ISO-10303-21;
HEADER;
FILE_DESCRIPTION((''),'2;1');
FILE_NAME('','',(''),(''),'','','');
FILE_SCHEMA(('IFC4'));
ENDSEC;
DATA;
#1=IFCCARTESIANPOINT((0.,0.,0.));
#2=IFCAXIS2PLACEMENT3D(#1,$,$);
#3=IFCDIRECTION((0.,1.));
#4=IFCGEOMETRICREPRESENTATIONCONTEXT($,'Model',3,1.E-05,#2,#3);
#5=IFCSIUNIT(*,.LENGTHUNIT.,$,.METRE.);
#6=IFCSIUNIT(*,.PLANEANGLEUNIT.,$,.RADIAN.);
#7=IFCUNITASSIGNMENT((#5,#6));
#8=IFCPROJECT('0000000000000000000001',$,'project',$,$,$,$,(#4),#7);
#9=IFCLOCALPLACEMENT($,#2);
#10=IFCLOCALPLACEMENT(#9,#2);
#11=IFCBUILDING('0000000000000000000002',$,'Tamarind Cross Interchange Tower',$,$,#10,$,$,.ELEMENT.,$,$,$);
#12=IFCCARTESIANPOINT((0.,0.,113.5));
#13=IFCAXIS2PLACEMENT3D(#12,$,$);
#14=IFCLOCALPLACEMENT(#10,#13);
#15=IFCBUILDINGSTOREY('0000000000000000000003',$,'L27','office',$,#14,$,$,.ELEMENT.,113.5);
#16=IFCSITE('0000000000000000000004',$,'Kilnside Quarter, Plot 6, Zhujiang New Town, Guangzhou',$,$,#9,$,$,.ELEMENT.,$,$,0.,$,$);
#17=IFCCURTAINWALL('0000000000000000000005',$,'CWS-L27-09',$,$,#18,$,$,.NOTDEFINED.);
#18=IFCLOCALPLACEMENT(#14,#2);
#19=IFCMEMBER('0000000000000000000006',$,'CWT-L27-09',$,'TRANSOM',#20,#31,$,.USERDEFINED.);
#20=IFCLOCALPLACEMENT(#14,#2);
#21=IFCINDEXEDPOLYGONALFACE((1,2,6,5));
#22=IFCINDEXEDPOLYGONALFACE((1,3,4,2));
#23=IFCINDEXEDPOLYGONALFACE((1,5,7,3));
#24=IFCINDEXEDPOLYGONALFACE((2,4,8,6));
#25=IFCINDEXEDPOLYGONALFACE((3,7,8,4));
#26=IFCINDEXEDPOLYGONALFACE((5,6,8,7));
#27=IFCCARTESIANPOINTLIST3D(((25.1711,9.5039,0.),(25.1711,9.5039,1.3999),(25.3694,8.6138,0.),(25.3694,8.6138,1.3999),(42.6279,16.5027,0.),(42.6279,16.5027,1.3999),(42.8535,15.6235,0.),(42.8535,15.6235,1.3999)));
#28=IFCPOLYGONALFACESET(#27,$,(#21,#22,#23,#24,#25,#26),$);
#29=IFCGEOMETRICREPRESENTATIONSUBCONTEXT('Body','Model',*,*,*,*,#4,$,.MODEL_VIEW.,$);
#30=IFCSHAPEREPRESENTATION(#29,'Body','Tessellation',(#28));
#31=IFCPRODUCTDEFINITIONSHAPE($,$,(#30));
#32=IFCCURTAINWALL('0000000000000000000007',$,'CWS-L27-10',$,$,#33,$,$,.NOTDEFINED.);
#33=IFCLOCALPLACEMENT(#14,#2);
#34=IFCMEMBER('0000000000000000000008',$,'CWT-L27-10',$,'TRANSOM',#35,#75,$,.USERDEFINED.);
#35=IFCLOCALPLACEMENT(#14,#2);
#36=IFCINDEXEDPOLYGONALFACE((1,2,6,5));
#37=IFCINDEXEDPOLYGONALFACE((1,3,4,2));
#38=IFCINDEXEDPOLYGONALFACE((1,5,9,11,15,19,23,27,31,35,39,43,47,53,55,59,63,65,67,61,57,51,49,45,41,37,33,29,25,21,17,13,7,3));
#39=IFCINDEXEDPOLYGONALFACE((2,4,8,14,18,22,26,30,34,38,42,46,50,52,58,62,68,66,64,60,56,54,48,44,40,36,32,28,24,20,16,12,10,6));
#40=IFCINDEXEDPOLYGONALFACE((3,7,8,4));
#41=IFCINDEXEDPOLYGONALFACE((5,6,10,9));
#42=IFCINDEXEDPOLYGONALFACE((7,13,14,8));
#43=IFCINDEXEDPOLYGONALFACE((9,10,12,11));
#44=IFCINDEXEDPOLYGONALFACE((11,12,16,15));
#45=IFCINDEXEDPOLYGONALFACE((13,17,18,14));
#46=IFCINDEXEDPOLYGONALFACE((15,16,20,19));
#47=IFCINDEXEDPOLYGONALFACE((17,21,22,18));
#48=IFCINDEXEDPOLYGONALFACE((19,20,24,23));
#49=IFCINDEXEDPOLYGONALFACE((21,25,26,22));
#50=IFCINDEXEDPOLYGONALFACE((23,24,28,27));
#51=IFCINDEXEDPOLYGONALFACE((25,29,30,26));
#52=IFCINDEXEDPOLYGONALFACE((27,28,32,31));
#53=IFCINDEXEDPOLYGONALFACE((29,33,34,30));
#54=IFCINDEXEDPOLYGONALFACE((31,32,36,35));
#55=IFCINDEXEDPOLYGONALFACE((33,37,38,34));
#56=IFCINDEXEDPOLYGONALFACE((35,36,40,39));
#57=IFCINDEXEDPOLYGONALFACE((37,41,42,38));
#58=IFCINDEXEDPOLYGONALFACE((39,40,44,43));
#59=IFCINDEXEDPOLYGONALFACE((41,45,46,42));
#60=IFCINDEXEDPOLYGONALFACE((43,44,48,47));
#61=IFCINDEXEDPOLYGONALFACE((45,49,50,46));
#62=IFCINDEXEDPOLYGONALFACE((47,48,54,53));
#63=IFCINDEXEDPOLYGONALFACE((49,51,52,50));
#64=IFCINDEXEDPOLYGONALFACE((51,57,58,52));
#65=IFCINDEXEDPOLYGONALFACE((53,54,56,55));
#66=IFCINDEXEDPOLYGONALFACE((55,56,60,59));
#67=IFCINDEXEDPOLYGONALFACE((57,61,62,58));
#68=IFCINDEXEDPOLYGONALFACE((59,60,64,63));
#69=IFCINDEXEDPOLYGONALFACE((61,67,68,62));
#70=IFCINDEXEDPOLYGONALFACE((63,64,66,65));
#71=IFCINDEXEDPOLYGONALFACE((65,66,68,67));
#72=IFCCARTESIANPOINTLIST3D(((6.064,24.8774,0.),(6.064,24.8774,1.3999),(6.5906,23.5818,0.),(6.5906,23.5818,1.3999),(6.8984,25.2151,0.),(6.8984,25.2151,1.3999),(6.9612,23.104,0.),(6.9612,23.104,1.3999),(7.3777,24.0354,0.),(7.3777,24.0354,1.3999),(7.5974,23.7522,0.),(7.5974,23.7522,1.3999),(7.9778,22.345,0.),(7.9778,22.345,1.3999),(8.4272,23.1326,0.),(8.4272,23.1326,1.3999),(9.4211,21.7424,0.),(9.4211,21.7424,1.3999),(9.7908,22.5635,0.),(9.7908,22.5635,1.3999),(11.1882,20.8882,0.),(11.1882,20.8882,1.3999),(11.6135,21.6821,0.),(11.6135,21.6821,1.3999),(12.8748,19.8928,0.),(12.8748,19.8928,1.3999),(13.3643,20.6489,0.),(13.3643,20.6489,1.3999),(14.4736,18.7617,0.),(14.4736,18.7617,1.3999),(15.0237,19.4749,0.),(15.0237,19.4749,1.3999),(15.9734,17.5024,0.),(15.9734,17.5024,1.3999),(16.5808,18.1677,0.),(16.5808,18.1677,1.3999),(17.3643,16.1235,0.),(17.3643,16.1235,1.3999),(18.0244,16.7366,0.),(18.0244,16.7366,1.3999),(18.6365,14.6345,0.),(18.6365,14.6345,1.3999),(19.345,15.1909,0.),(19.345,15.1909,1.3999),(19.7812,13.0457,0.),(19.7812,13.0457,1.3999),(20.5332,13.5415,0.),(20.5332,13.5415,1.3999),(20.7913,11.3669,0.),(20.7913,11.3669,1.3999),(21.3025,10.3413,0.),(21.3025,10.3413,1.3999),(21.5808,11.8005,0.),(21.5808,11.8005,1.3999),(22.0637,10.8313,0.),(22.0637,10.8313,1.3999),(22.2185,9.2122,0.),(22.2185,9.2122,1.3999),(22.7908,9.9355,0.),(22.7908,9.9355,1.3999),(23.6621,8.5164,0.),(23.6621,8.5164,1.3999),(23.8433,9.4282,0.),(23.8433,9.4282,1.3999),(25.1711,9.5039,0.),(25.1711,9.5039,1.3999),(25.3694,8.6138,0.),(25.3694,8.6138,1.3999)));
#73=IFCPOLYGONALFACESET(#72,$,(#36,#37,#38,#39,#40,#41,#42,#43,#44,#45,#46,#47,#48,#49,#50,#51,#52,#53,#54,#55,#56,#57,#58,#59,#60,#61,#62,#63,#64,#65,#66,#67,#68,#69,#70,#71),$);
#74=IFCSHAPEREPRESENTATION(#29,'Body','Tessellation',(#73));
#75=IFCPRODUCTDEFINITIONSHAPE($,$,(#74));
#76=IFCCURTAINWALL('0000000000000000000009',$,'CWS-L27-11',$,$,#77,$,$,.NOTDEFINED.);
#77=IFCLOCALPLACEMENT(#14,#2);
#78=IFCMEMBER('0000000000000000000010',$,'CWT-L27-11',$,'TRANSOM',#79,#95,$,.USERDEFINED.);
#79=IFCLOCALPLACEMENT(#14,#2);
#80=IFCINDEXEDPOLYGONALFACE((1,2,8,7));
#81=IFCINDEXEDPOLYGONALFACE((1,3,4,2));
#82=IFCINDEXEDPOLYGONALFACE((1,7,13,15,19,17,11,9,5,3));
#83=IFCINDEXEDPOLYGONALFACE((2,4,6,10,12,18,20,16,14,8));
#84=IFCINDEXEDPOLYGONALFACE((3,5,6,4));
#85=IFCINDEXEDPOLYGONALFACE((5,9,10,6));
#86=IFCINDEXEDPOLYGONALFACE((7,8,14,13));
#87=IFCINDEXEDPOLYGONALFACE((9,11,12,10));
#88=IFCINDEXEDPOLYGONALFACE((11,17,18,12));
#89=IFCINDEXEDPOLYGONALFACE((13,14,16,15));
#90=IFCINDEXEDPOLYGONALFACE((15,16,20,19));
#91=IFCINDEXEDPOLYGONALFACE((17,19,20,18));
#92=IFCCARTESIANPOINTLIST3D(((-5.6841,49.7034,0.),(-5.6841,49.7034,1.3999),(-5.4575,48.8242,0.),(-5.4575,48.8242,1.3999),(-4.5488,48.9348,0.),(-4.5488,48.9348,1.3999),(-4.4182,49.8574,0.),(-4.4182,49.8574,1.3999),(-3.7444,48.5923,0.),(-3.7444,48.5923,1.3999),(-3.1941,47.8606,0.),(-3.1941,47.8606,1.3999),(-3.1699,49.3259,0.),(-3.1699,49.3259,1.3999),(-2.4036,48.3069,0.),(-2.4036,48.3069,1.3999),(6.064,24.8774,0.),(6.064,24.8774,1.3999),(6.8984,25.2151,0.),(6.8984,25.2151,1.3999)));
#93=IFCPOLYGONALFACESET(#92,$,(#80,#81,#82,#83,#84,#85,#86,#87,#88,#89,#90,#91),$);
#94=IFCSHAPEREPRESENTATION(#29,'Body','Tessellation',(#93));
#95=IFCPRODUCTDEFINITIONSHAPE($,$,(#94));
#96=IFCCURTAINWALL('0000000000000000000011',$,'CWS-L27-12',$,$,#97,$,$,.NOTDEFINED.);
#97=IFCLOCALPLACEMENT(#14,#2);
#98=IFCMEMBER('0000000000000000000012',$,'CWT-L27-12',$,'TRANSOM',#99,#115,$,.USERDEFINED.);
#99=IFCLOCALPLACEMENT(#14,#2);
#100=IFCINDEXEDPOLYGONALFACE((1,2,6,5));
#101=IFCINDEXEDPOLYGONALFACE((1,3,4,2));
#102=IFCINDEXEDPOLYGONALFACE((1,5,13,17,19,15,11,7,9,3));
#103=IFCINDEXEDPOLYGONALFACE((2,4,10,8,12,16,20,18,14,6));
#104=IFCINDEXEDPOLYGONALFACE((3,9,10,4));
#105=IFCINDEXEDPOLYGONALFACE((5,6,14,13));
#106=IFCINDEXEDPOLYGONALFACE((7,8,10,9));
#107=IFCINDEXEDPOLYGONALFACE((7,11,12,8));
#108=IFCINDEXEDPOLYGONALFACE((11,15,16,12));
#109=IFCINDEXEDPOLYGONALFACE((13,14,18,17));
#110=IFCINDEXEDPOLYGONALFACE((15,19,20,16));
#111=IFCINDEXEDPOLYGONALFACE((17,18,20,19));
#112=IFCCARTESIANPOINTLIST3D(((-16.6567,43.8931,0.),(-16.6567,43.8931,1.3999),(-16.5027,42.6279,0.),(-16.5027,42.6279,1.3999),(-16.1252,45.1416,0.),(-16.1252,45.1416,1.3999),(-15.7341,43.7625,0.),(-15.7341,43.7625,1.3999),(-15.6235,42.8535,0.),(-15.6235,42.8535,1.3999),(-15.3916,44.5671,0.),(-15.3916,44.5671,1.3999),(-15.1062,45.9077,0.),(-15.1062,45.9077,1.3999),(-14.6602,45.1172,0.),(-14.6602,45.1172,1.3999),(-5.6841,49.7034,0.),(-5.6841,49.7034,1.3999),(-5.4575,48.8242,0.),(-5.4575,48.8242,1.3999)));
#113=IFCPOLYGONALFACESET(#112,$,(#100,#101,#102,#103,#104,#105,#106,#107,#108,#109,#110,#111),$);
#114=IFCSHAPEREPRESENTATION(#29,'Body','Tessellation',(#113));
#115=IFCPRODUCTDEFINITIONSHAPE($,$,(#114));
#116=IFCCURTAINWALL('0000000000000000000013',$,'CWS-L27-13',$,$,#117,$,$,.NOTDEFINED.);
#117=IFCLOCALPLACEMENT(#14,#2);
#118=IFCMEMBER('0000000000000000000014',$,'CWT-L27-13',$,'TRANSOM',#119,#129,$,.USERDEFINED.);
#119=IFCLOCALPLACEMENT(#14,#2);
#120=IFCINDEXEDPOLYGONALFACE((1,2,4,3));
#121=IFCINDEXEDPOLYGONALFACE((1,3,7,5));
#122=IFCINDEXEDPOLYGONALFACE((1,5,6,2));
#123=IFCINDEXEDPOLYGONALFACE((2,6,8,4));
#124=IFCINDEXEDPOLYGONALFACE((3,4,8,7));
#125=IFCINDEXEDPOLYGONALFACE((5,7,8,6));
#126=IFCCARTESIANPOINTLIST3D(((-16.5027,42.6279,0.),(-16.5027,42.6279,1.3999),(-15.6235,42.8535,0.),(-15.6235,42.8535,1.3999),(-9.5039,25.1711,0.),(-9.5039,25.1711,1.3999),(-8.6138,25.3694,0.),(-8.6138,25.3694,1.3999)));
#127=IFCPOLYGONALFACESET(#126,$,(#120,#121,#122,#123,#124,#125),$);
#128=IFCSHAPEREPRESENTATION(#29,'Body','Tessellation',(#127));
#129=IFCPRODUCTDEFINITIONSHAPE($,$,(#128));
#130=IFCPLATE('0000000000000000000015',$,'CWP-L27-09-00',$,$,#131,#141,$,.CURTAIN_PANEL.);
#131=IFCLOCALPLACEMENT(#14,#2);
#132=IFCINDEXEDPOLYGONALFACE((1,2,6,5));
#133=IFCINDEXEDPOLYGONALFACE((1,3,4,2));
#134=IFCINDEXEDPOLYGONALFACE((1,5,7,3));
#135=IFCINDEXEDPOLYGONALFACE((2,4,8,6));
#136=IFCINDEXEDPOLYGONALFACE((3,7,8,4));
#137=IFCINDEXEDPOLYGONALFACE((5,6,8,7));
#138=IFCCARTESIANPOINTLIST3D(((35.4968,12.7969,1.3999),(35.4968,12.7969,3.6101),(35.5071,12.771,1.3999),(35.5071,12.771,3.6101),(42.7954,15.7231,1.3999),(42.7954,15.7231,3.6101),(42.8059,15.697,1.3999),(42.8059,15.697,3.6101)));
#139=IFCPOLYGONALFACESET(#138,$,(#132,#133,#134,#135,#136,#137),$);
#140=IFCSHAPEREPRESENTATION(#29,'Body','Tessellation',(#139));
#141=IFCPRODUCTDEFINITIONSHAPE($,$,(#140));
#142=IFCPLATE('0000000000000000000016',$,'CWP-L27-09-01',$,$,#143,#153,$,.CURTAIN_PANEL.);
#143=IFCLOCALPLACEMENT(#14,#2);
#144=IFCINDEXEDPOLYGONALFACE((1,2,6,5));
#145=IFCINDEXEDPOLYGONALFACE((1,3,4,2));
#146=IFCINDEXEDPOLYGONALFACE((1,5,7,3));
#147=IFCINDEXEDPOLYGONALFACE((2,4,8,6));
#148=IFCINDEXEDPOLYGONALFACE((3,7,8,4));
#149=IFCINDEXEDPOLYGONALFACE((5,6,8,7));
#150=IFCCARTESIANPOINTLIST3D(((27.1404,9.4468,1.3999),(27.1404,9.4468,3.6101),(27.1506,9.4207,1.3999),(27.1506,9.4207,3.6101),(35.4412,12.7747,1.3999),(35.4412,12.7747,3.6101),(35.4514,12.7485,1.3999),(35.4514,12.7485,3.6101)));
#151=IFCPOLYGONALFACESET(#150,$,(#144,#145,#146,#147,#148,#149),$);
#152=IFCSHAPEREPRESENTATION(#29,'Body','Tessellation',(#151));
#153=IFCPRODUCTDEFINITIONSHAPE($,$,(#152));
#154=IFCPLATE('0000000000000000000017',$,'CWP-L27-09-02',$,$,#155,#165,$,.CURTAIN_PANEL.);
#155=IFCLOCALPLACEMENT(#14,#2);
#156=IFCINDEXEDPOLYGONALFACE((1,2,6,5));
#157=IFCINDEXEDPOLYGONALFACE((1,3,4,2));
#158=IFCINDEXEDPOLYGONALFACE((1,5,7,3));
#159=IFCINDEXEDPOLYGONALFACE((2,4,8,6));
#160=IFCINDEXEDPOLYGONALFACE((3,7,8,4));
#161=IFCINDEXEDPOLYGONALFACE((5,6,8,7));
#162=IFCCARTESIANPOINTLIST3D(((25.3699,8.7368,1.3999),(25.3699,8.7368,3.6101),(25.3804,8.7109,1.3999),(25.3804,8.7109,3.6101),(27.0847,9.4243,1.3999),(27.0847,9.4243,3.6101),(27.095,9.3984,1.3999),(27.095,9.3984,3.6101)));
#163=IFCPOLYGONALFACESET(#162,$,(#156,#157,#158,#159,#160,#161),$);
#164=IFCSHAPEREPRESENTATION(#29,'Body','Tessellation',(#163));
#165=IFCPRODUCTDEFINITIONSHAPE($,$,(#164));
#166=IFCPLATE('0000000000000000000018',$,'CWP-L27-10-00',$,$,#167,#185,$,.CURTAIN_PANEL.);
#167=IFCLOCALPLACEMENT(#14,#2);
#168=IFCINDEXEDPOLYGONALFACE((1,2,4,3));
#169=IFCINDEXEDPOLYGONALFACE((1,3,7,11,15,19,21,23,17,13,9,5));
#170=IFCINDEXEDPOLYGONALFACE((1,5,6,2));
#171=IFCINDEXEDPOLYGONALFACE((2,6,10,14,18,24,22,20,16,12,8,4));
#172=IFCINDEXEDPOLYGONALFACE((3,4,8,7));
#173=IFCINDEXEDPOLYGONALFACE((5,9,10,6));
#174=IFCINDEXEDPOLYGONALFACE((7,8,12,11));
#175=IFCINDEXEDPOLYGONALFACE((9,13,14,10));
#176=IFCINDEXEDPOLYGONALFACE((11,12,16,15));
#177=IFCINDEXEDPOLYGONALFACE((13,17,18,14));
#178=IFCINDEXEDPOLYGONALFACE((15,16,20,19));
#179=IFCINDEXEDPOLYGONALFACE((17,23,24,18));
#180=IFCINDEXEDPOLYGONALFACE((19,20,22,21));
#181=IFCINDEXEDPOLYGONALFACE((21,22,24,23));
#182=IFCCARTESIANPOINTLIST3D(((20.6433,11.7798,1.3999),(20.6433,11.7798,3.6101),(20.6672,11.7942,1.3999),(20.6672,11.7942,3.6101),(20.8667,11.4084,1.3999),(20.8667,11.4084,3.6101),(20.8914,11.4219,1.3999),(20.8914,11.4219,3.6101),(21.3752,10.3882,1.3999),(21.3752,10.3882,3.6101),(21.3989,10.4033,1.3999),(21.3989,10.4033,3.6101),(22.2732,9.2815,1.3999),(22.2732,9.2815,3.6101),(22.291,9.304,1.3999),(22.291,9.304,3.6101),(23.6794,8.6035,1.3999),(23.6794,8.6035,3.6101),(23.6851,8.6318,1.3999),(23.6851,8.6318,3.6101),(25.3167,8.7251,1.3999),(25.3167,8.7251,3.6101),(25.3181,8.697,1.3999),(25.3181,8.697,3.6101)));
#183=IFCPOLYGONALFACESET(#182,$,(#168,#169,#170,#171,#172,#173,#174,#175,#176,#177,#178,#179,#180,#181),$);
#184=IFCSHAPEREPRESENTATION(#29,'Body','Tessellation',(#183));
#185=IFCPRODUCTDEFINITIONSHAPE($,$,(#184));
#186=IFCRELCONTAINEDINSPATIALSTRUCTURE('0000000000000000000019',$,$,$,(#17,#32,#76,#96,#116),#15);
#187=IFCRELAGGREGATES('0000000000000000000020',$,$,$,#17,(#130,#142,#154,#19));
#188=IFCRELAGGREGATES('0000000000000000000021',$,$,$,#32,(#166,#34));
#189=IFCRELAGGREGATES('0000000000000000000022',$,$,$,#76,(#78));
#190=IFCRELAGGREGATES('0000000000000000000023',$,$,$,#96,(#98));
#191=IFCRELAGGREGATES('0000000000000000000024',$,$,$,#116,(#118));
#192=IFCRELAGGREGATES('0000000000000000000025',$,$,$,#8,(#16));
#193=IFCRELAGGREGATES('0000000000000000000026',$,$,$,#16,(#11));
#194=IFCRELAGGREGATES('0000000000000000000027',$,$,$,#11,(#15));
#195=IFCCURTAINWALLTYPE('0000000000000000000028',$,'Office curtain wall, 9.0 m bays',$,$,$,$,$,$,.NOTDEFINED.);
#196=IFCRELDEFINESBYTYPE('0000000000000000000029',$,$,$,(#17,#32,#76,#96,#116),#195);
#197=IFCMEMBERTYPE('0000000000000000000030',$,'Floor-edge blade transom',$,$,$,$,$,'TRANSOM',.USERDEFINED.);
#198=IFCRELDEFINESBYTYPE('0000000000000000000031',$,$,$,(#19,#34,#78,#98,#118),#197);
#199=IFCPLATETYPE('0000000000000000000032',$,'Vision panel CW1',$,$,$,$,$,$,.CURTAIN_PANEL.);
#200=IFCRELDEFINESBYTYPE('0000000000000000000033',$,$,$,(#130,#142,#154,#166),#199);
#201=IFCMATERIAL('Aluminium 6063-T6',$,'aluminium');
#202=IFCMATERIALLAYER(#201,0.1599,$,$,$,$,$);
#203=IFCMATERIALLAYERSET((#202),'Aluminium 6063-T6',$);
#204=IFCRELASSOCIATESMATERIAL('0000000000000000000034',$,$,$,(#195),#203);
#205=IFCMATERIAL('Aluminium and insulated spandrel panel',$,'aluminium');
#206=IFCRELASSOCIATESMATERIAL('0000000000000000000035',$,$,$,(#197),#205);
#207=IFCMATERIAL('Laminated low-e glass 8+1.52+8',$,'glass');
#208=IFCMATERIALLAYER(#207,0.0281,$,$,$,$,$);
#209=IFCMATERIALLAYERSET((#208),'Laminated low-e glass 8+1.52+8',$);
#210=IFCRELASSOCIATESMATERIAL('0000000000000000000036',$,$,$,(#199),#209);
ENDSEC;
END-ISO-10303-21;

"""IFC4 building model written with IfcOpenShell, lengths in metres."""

from ifc_helpers import new_model, si_unit, direction, frame, origin, place, context, subcontext, project, spatial, polyline, outline, extrude, material, layer, layer_set, type_object, element, aggregate, save


model = new_model("IFC4")

# Units and contexts
model_context = context("Model", 3, precision=1e-05, world=origin(), true_north=direction((0.0, 1.0)))
body_context = subcontext(model_context, "Body", "Model", "MODEL_VIEW")
ifc_project = project(units=[si_unit("LENGTHUNIT", "METRE"), si_unit("PLANEANGLEUNIT", "RADIAN")], contexts=[model_context])

# Site, building, storey
site_placement = place(None, origin())
site = spatial("IfcSite", under=ifc_project, at=site_placement, Name="Kilnside Quarter, Plot 6, Zhujiang New Town, Guangzhou", CompositionType="ELEMENT", RefElevation=0.0)
building_placement = place(site_placement, origin())
building = spatial("IfcBuilding", under=site, at=building_placement, Name="Tamarind Cross Interchange Tower", CompositionType="ELEMENT")
storey_placement = place(building_placement, frame((0.0, 0.0, 113.5)))
storey = spatial("IfcBuildingStorey", under=building, at=storey_placement, Name="L27", Description="office", CompositionType="ELEMENT", Elevation=113.5)

# Curtain walls, members
ifc_material_1 = material(Name="Aluminium 6063-T6", Category="aluminium")
ifc_layer_1 = layer(ifc_material_1, 0.1599)
ifc_layer_set_1 = layer_set([ifc_layer_1], Name="Aluminium 6063-T6")
curtain_wall_type = type_object("IfcCurtainWallType", Name="Office curtain wall, 9.0 m bays", PredefinedType="NOTDEFINED", material=ifc_layer_set_1)
curtain_wall_1_placement = place(storey_placement, origin())
curtain_wall_1 = element("IfcCurtainWall", 1, at=curtain_wall_1_placement, inside=storey, type_object=curtain_wall_type, Name="CWS-L27-09", PredefinedType="NOTDEFINED")
ifc_material_2 = material(Name="Aluminium and insulated spandrel panel", Category="aluminium")
member_type = type_object("IfcMemberType", Name="Floor-edge blade transom", ElementType="TRANSOM", PredefinedType="USERDEFINED", material=ifc_material_2)
member_1_placement = place(storey_placement, origin())
member_1 = element("IfcMember", 2, at=member_1_placement, type_object=member_type, Name="CWT-L27-09", ObjectType="TRANSOM", PredefinedType="USERDEFINED", context=body_context, shape_type="SweptSolid", body=[
    extrude(outline(polyline([(42.8535, 15.6235), (25.3694, 8.6138), (25.1711, 9.5039), (42.6279, 16.5027), (42.8535, 15.6235)])), origin(), (0.0, 0.0, 1.0), 1.3999),
])
curtain_wall_2_placement = place(storey_placement, origin())
curtain_wall_2 = element("IfcCurtainWall", 3, at=curtain_wall_2_placement, inside=storey, type_object=curtain_wall_type, Name="CWS-L27-10", PredefinedType="NOTDEFINED")
member_2_placement = place(storey_placement, origin())
member_2 = element("IfcMember", 4, at=member_2_placement, type_object=member_type, Name="CWT-L27-10", ObjectType="TRANSOM", PredefinedType="USERDEFINED", context=body_context, shape_type="SweptSolid", body=[
    extrude(outline(polyline([(25.3694, 8.6138), (23.6621, 8.5164), (22.2185, 9.2122), (21.3025, 10.3413), (20.7913, 11.3669), (19.7812, 13.0457), (18.6365, 14.6345), (17.3643, 16.1235), (15.9734, 17.5024), (14.4736, 18.7617), (12.8748, 19.8928), (11.1882, 20.8882), (9.4211, 21.7424), (7.9778, 22.345), (6.9612, 23.104), (6.5906, 23.5818), (6.064, 24.8774), (6.8984, 25.2151), (7.3777, 24.0354), (7.5974, 23.7522), (8.4272, 23.1326), (9.7908, 22.5635), (11.6135, 21.6821), (13.3643, 20.6489), (15.0237, 19.4749), (16.5808, 18.1677), (18.0244, 16.7366), (19.345, 15.1909), (20.5332, 13.5415), (21.5808, 11.8005), (22.0637, 10.8313), (22.7908, 9.9355), (23.8433, 9.4282), (25.1711, 9.5039), (25.3694, 8.6138)])), origin(), (0.0, 0.0, 1.0), 1.3999),
])
curtain_wall_3_placement = place(storey_placement, origin())
curtain_wall_3 = element("IfcCurtainWall", 5, at=curtain_wall_3_placement, inside=storey, type_object=curtain_wall_type, Name="CWS-L27-11", PredefinedType="NOTDEFINED")
member_3_placement = place(storey_placement, origin())
member_3 = element("IfcMember", 6, at=member_3_placement, type_object=member_type, Name="CWT-L27-11", ObjectType="TRANSOM", PredefinedType="USERDEFINED", context=body_context, shape_type="SweptSolid", body=[
    extrude(outline(polyline([(6.064, 24.8774), (-3.1941, 47.8606), (-3.7444, 48.5923), (-4.5488, 48.9348), (-5.4575, 48.8242), (-5.6841, 49.7034), (-4.4182, 49.8574), (-3.1699, 49.3259), (-2.4036, 48.3069), (6.8984, 25.2151), (6.064, 24.8774)])), origin(), (0.0, 0.0, 1.0), 1.3999),
])
curtain_wall_4_placement = place(storey_placement, origin())
curtain_wall_4 = element("IfcCurtainWall", 7, at=curtain_wall_4_placement, inside=storey, type_object=curtain_wall_type, Name="CWS-L27-12", PredefinedType="NOTDEFINED")
member_4_placement = place(storey_placement, origin())
member_4 = element("IfcMember", 8, at=member_4_placement, type_object=member_type, Name="CWT-L27-12", ObjectType="TRANSOM", PredefinedType="USERDEFINED", context=body_context, shape_type="SweptSolid", body=[
    extrude(outline(polyline([(-5.4575, 48.8242), (-14.6602, 45.1172), (-15.3916, 44.5671), (-15.7341, 43.7625), (-15.6235, 42.8535), (-16.5027, 42.6279), (-16.6567, 43.8931), (-16.1252, 45.1416), (-15.1062, 45.9077), (-5.6841, 49.7034), (-5.4575, 48.8242)])), origin(), (0.0, 0.0, 1.0), 1.3999),
])
curtain_wall_5_placement = place(storey_placement, origin())
curtain_wall_5 = element("IfcCurtainWall", 9, at=curtain_wall_5_placement, inside=storey, type_object=curtain_wall_type, Name="CWS-L27-13", PredefinedType="NOTDEFINED")
member_5_placement = place(storey_placement, origin())
member_5 = element("IfcMember", 10, at=member_5_placement, type_object=member_type, Name="CWT-L27-13", ObjectType="TRANSOM", PredefinedType="USERDEFINED", context=body_context, shape_type="SweptSolid", body=[
    extrude(outline(polyline([(-15.6235, 42.8535), (-8.6138, 25.3694), (-9.5039, 25.1711), (-16.5027, 42.6279), (-15.6235, 42.8535)])), origin(), (0.0, 0.0, 1.0), 1.3999),
])

# Plates
ifc_material_3 = material(Name="Laminated low-e glass 8+1.52+8", Category="glass")
ifc_layer_2 = layer(ifc_material_3, 0.0281)
ifc_layer_set_2 = layer_set([ifc_layer_2], Name="Laminated low-e glass 8+1.52+8")
plate_type = type_object("IfcPlateType", Name="Vision panel CW1", PredefinedType="CURTAIN_PANEL", material=ifc_layer_set_2)
plate_1_placement = place(storey_placement, frame((0.0, 0.0, 1.3999)))
plate_1 = element("IfcPlate", 11, at=plate_1_placement, type_object=plate_type, Name="CWP-L27-09-00", PredefinedType="CURTAIN_PANEL", context=body_context, shape_type="SweptSolid", body=[
    extrude(outline(polyline([(42.8059, 15.697), (35.5071, 12.771), (35.4968, 12.7969), (42.7954, 15.7231), (42.8059, 15.697)])), origin(), (0.0, 0.0, 1.0), 2.2102),
])
plate_2_placement = place(storey_placement, frame((0.0, 0.0, 1.3999)))
plate_2 = element("IfcPlate", 12, at=plate_2_placement, type_object=plate_type, Name="CWP-L27-09-01", PredefinedType="CURTAIN_PANEL", context=body_context, shape_type="SweptSolid", body=[
    extrude(outline(polyline([(35.4514, 12.7485), (27.1506, 9.4207), (27.1404, 9.4468), (35.4412, 12.7747), (35.4514, 12.7485)])), origin(), (0.0, 0.0, 1.0), 2.2102),
])
plate_3_placement = place(storey_placement, frame((0.0, 0.0, 1.3999)))
plate_3 = element("IfcPlate", 13, at=plate_3_placement, type_object=plate_type, Name="CWP-L27-09-02", PredefinedType="CURTAIN_PANEL", context=body_context, shape_type="SweptSolid", body=[
    extrude(outline(polyline([(27.095, 9.3984), (25.3804, 8.7109), (25.3699, 8.7368), (27.0847, 9.4243), (27.095, 9.3984)])), origin(), (0.0, 0.0, 1.0), 2.2102),
])
aggregate(curtain_wall_1, [plate_1, plate_2, plate_3, member_1])
plate_4_placement = place(storey_placement, frame((0.0, 0.0, 1.3999)))
plate_4 = element("IfcPlate", 14, at=plate_4_placement, type_object=plate_type, Name="CWP-L27-10-00", PredefinedType="CURTAIN_PANEL", context=body_context, shape_type="SweptSolid", body=[
    extrude(outline(polyline([(25.3181, 8.697), (23.6794, 8.6035), (22.2732, 9.2815), (21.3752, 10.3882), (20.8667, 11.4084), (20.6433, 11.7798), (20.6672, 11.7942), (20.8914, 11.4219), (21.3989, 10.4033), (22.291, 9.304), (23.6851, 8.6318), (25.3167, 8.7251), (25.3181, 8.697)])), origin(), (0.0, 0.0, 1.0), 2.2102),
])
aggregate(curtain_wall_2, [plate_4, member_2])
aggregate(curtain_wall_3, [member_3])
aggregate(curtain_wall_4, [member_4])
aggregate(curtain_wall_5, [member_5])

save(model, "model.ifc")
